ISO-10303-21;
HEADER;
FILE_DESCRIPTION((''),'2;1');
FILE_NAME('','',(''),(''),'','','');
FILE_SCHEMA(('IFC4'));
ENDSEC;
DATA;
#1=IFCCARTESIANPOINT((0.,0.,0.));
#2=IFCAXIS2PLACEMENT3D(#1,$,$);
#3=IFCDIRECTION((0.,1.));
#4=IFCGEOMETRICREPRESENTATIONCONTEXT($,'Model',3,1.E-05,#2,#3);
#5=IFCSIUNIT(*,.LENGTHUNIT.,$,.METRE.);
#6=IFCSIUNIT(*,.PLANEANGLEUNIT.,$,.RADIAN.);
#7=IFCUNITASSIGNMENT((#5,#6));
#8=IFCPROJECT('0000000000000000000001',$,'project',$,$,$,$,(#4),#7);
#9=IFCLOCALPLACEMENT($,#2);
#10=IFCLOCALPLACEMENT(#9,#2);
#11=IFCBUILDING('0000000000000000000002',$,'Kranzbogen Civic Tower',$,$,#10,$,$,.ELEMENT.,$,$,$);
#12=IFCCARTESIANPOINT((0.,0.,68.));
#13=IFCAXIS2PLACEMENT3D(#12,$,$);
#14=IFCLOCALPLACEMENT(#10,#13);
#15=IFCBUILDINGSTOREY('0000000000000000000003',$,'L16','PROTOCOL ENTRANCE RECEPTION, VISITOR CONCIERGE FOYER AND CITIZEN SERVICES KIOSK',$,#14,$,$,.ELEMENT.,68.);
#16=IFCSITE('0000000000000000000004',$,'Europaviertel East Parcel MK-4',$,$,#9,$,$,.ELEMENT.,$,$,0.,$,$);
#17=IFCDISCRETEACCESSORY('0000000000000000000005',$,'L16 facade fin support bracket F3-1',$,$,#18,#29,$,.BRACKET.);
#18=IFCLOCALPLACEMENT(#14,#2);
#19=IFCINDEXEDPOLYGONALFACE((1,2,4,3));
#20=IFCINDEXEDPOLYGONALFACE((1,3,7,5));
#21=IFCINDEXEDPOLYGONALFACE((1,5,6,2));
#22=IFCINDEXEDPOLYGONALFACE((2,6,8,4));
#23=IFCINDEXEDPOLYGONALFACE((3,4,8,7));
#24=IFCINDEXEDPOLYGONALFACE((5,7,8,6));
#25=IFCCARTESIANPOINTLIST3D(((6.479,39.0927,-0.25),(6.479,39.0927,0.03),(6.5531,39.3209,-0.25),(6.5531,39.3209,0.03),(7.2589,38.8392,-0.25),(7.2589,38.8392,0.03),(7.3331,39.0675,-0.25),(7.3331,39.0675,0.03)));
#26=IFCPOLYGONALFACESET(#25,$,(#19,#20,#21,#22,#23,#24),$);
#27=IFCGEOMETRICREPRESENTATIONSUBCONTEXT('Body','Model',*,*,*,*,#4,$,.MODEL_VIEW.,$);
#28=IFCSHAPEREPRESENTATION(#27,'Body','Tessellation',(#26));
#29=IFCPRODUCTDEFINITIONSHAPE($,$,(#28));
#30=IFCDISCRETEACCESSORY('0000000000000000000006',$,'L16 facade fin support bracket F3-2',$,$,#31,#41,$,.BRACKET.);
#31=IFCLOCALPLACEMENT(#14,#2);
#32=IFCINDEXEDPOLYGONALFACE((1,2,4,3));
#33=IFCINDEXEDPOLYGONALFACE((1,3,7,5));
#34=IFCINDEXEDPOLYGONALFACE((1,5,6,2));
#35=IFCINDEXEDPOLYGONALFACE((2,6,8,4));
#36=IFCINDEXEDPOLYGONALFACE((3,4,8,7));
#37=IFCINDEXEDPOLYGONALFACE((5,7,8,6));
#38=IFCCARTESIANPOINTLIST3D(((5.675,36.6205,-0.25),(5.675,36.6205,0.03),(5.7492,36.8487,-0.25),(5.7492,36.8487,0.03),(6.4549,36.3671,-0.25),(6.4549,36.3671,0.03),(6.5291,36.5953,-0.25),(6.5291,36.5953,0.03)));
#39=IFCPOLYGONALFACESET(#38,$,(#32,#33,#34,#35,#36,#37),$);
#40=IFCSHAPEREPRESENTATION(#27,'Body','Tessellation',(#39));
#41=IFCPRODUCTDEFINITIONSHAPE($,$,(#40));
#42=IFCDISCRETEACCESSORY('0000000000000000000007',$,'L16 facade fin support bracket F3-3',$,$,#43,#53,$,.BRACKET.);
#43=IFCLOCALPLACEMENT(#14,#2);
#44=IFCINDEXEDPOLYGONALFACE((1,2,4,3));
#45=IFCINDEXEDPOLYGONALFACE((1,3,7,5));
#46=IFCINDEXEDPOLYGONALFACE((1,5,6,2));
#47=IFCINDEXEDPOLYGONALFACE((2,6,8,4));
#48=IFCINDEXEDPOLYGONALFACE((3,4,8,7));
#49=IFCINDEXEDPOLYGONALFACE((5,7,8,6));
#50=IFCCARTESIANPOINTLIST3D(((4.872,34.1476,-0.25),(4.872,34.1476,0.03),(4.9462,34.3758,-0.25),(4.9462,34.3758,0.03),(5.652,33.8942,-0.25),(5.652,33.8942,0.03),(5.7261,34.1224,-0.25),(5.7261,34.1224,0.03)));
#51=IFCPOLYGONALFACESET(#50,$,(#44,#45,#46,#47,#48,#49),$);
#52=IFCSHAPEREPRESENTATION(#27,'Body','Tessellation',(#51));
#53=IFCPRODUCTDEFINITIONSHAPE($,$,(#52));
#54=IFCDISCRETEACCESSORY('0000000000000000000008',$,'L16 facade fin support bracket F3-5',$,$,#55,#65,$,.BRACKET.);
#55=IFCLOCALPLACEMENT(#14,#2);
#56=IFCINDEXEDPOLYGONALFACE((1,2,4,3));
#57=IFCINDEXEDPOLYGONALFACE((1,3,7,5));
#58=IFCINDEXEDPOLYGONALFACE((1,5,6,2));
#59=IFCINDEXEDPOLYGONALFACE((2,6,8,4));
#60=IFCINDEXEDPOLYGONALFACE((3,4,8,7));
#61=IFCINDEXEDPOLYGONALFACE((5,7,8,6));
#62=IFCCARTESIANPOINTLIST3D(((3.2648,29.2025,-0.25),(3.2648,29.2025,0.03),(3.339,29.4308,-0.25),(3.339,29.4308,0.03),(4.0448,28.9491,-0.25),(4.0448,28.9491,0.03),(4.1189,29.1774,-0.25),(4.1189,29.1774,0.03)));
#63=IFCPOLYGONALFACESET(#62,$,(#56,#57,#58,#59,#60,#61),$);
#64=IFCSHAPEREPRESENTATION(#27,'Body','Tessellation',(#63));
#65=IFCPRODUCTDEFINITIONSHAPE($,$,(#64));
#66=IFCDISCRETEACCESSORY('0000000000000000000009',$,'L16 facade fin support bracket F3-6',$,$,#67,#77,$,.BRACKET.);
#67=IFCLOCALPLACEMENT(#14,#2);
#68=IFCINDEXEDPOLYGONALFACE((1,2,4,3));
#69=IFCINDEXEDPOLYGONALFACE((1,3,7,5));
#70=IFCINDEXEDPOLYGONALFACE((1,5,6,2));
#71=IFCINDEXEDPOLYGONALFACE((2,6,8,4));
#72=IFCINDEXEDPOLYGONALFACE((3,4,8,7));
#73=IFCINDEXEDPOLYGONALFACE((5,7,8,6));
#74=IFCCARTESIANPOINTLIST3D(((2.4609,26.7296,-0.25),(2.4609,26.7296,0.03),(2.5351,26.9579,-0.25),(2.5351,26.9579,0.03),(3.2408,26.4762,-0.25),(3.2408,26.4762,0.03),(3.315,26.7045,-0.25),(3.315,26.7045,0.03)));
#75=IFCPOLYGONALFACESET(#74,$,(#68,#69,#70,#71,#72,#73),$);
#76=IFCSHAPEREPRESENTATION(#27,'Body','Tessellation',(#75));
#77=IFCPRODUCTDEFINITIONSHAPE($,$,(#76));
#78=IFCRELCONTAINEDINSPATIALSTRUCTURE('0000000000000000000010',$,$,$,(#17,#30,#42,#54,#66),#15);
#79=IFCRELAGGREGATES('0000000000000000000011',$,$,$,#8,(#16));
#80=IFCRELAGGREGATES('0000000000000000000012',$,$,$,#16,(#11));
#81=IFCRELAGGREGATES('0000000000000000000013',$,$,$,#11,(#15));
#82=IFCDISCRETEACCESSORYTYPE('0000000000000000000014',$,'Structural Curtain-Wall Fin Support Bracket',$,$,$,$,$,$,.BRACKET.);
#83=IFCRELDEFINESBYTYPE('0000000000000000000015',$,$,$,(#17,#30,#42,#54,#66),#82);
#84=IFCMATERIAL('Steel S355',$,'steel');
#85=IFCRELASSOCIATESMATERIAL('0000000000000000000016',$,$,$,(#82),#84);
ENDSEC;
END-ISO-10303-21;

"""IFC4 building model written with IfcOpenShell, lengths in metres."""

from ifc_helpers import new_model, si_unit, direction, frame, origin, origin_2d, place, context, subcontext, project, spatial, rectangle, extrude, material, type_object, element, save


model = new_model("IFC4")

# Units and contexts
model_context = context("Model", 3, precision=1e-05, world=origin(), true_north=direction((0.0, 1.0)))
body_context = subcontext(model_context, "Body", "Model", "MODEL_VIEW")
ifc_project = project(units=[si_unit("LENGTHUNIT", "METRE"), si_unit("PLANEANGLEUNIT", "RADIAN")], contexts=[model_context])

# Site, building, storey
site_placement = place(None, origin())
site = spatial("IfcSite", under=ifc_project, at=site_placement, Name="Europaviertel East Parcel MK-4", CompositionType="ELEMENT", RefElevation=0.0)
building_placement = place(site_placement, origin())
building = spatial("IfcBuilding", under=site, at=building_placement, Name="Kranzbogen Civic Tower", CompositionType="ELEMENT")
storey_placement = place(building_placement, frame((0.0, 0.0, 68.0)))
storey = spatial("IfcBuildingStorey", under=building, at=storey_placement, Name="L16", Description="PROTOCOL ENTRANCE RECEPTION, VISITOR CONCIERGE FOYER AND CITIZEN SERVICES KIOSK", CompositionType="ELEMENT", Elevation=68.0)

# Shared definitions
ifc_material_1 = material(Name="Steel S355", Category="steel")

# Discrete accessories
discrete_accessory_type = type_object("IfcDiscreteAccessoryType", Name="Structural Curtain-Wall Fin Support Bracket", PredefinedType="BRACKET", material=ifc_material_1)
for number, where, z_axis, x_axis, name in (
    (1, (6.906, 39.0801, -0.25), (0.0, 0.0, 1.0), (-0.951057, 0.309017, 0.0), "L16 facade fin support bracket F3-1"),
    (2, (6.1021, 36.6079, -0.25), (0.0, 0.0, 1.0), (-0.951057, 0.309017, 0.0), "L16 facade fin support bracket F3-2"),
    (3, (5.2991, 34.135, -0.25), (0.0, 0.0, 1.0), (-0.951057, 0.309017, 0.0), "L16 facade fin support bracket F3-3"),
    (4, (3.6919, 29.1899, -0.25), (0.0, 0.0, 1.0), (-0.951057, 0.309017, 0.0), "L16 facade fin support bracket F3-5"),
    (5, (2.8879, 26.717, -0.25), (0.0, 0.0, 1.0), (-0.951057, 0.309017, 0.0), "L16 facade fin support bracket F3-6"),
):
    element("IfcDiscreteAccessory", number, at=place(storey_placement, frame(where, z_axis=z_axis, x_axis=x_axis)), inside=storey, type_object=discrete_accessory_type, Name=name, PredefinedType="BRACKET", context=body_context, shape_type="SweptSolid", body=[
        extrude(rectangle(XDim=0.8201, YDim=0.24, at=origin_2d()), origin(), (0.0, 0.0, 1.0), 0.28),
    ])

save(model, "model.ifc")
